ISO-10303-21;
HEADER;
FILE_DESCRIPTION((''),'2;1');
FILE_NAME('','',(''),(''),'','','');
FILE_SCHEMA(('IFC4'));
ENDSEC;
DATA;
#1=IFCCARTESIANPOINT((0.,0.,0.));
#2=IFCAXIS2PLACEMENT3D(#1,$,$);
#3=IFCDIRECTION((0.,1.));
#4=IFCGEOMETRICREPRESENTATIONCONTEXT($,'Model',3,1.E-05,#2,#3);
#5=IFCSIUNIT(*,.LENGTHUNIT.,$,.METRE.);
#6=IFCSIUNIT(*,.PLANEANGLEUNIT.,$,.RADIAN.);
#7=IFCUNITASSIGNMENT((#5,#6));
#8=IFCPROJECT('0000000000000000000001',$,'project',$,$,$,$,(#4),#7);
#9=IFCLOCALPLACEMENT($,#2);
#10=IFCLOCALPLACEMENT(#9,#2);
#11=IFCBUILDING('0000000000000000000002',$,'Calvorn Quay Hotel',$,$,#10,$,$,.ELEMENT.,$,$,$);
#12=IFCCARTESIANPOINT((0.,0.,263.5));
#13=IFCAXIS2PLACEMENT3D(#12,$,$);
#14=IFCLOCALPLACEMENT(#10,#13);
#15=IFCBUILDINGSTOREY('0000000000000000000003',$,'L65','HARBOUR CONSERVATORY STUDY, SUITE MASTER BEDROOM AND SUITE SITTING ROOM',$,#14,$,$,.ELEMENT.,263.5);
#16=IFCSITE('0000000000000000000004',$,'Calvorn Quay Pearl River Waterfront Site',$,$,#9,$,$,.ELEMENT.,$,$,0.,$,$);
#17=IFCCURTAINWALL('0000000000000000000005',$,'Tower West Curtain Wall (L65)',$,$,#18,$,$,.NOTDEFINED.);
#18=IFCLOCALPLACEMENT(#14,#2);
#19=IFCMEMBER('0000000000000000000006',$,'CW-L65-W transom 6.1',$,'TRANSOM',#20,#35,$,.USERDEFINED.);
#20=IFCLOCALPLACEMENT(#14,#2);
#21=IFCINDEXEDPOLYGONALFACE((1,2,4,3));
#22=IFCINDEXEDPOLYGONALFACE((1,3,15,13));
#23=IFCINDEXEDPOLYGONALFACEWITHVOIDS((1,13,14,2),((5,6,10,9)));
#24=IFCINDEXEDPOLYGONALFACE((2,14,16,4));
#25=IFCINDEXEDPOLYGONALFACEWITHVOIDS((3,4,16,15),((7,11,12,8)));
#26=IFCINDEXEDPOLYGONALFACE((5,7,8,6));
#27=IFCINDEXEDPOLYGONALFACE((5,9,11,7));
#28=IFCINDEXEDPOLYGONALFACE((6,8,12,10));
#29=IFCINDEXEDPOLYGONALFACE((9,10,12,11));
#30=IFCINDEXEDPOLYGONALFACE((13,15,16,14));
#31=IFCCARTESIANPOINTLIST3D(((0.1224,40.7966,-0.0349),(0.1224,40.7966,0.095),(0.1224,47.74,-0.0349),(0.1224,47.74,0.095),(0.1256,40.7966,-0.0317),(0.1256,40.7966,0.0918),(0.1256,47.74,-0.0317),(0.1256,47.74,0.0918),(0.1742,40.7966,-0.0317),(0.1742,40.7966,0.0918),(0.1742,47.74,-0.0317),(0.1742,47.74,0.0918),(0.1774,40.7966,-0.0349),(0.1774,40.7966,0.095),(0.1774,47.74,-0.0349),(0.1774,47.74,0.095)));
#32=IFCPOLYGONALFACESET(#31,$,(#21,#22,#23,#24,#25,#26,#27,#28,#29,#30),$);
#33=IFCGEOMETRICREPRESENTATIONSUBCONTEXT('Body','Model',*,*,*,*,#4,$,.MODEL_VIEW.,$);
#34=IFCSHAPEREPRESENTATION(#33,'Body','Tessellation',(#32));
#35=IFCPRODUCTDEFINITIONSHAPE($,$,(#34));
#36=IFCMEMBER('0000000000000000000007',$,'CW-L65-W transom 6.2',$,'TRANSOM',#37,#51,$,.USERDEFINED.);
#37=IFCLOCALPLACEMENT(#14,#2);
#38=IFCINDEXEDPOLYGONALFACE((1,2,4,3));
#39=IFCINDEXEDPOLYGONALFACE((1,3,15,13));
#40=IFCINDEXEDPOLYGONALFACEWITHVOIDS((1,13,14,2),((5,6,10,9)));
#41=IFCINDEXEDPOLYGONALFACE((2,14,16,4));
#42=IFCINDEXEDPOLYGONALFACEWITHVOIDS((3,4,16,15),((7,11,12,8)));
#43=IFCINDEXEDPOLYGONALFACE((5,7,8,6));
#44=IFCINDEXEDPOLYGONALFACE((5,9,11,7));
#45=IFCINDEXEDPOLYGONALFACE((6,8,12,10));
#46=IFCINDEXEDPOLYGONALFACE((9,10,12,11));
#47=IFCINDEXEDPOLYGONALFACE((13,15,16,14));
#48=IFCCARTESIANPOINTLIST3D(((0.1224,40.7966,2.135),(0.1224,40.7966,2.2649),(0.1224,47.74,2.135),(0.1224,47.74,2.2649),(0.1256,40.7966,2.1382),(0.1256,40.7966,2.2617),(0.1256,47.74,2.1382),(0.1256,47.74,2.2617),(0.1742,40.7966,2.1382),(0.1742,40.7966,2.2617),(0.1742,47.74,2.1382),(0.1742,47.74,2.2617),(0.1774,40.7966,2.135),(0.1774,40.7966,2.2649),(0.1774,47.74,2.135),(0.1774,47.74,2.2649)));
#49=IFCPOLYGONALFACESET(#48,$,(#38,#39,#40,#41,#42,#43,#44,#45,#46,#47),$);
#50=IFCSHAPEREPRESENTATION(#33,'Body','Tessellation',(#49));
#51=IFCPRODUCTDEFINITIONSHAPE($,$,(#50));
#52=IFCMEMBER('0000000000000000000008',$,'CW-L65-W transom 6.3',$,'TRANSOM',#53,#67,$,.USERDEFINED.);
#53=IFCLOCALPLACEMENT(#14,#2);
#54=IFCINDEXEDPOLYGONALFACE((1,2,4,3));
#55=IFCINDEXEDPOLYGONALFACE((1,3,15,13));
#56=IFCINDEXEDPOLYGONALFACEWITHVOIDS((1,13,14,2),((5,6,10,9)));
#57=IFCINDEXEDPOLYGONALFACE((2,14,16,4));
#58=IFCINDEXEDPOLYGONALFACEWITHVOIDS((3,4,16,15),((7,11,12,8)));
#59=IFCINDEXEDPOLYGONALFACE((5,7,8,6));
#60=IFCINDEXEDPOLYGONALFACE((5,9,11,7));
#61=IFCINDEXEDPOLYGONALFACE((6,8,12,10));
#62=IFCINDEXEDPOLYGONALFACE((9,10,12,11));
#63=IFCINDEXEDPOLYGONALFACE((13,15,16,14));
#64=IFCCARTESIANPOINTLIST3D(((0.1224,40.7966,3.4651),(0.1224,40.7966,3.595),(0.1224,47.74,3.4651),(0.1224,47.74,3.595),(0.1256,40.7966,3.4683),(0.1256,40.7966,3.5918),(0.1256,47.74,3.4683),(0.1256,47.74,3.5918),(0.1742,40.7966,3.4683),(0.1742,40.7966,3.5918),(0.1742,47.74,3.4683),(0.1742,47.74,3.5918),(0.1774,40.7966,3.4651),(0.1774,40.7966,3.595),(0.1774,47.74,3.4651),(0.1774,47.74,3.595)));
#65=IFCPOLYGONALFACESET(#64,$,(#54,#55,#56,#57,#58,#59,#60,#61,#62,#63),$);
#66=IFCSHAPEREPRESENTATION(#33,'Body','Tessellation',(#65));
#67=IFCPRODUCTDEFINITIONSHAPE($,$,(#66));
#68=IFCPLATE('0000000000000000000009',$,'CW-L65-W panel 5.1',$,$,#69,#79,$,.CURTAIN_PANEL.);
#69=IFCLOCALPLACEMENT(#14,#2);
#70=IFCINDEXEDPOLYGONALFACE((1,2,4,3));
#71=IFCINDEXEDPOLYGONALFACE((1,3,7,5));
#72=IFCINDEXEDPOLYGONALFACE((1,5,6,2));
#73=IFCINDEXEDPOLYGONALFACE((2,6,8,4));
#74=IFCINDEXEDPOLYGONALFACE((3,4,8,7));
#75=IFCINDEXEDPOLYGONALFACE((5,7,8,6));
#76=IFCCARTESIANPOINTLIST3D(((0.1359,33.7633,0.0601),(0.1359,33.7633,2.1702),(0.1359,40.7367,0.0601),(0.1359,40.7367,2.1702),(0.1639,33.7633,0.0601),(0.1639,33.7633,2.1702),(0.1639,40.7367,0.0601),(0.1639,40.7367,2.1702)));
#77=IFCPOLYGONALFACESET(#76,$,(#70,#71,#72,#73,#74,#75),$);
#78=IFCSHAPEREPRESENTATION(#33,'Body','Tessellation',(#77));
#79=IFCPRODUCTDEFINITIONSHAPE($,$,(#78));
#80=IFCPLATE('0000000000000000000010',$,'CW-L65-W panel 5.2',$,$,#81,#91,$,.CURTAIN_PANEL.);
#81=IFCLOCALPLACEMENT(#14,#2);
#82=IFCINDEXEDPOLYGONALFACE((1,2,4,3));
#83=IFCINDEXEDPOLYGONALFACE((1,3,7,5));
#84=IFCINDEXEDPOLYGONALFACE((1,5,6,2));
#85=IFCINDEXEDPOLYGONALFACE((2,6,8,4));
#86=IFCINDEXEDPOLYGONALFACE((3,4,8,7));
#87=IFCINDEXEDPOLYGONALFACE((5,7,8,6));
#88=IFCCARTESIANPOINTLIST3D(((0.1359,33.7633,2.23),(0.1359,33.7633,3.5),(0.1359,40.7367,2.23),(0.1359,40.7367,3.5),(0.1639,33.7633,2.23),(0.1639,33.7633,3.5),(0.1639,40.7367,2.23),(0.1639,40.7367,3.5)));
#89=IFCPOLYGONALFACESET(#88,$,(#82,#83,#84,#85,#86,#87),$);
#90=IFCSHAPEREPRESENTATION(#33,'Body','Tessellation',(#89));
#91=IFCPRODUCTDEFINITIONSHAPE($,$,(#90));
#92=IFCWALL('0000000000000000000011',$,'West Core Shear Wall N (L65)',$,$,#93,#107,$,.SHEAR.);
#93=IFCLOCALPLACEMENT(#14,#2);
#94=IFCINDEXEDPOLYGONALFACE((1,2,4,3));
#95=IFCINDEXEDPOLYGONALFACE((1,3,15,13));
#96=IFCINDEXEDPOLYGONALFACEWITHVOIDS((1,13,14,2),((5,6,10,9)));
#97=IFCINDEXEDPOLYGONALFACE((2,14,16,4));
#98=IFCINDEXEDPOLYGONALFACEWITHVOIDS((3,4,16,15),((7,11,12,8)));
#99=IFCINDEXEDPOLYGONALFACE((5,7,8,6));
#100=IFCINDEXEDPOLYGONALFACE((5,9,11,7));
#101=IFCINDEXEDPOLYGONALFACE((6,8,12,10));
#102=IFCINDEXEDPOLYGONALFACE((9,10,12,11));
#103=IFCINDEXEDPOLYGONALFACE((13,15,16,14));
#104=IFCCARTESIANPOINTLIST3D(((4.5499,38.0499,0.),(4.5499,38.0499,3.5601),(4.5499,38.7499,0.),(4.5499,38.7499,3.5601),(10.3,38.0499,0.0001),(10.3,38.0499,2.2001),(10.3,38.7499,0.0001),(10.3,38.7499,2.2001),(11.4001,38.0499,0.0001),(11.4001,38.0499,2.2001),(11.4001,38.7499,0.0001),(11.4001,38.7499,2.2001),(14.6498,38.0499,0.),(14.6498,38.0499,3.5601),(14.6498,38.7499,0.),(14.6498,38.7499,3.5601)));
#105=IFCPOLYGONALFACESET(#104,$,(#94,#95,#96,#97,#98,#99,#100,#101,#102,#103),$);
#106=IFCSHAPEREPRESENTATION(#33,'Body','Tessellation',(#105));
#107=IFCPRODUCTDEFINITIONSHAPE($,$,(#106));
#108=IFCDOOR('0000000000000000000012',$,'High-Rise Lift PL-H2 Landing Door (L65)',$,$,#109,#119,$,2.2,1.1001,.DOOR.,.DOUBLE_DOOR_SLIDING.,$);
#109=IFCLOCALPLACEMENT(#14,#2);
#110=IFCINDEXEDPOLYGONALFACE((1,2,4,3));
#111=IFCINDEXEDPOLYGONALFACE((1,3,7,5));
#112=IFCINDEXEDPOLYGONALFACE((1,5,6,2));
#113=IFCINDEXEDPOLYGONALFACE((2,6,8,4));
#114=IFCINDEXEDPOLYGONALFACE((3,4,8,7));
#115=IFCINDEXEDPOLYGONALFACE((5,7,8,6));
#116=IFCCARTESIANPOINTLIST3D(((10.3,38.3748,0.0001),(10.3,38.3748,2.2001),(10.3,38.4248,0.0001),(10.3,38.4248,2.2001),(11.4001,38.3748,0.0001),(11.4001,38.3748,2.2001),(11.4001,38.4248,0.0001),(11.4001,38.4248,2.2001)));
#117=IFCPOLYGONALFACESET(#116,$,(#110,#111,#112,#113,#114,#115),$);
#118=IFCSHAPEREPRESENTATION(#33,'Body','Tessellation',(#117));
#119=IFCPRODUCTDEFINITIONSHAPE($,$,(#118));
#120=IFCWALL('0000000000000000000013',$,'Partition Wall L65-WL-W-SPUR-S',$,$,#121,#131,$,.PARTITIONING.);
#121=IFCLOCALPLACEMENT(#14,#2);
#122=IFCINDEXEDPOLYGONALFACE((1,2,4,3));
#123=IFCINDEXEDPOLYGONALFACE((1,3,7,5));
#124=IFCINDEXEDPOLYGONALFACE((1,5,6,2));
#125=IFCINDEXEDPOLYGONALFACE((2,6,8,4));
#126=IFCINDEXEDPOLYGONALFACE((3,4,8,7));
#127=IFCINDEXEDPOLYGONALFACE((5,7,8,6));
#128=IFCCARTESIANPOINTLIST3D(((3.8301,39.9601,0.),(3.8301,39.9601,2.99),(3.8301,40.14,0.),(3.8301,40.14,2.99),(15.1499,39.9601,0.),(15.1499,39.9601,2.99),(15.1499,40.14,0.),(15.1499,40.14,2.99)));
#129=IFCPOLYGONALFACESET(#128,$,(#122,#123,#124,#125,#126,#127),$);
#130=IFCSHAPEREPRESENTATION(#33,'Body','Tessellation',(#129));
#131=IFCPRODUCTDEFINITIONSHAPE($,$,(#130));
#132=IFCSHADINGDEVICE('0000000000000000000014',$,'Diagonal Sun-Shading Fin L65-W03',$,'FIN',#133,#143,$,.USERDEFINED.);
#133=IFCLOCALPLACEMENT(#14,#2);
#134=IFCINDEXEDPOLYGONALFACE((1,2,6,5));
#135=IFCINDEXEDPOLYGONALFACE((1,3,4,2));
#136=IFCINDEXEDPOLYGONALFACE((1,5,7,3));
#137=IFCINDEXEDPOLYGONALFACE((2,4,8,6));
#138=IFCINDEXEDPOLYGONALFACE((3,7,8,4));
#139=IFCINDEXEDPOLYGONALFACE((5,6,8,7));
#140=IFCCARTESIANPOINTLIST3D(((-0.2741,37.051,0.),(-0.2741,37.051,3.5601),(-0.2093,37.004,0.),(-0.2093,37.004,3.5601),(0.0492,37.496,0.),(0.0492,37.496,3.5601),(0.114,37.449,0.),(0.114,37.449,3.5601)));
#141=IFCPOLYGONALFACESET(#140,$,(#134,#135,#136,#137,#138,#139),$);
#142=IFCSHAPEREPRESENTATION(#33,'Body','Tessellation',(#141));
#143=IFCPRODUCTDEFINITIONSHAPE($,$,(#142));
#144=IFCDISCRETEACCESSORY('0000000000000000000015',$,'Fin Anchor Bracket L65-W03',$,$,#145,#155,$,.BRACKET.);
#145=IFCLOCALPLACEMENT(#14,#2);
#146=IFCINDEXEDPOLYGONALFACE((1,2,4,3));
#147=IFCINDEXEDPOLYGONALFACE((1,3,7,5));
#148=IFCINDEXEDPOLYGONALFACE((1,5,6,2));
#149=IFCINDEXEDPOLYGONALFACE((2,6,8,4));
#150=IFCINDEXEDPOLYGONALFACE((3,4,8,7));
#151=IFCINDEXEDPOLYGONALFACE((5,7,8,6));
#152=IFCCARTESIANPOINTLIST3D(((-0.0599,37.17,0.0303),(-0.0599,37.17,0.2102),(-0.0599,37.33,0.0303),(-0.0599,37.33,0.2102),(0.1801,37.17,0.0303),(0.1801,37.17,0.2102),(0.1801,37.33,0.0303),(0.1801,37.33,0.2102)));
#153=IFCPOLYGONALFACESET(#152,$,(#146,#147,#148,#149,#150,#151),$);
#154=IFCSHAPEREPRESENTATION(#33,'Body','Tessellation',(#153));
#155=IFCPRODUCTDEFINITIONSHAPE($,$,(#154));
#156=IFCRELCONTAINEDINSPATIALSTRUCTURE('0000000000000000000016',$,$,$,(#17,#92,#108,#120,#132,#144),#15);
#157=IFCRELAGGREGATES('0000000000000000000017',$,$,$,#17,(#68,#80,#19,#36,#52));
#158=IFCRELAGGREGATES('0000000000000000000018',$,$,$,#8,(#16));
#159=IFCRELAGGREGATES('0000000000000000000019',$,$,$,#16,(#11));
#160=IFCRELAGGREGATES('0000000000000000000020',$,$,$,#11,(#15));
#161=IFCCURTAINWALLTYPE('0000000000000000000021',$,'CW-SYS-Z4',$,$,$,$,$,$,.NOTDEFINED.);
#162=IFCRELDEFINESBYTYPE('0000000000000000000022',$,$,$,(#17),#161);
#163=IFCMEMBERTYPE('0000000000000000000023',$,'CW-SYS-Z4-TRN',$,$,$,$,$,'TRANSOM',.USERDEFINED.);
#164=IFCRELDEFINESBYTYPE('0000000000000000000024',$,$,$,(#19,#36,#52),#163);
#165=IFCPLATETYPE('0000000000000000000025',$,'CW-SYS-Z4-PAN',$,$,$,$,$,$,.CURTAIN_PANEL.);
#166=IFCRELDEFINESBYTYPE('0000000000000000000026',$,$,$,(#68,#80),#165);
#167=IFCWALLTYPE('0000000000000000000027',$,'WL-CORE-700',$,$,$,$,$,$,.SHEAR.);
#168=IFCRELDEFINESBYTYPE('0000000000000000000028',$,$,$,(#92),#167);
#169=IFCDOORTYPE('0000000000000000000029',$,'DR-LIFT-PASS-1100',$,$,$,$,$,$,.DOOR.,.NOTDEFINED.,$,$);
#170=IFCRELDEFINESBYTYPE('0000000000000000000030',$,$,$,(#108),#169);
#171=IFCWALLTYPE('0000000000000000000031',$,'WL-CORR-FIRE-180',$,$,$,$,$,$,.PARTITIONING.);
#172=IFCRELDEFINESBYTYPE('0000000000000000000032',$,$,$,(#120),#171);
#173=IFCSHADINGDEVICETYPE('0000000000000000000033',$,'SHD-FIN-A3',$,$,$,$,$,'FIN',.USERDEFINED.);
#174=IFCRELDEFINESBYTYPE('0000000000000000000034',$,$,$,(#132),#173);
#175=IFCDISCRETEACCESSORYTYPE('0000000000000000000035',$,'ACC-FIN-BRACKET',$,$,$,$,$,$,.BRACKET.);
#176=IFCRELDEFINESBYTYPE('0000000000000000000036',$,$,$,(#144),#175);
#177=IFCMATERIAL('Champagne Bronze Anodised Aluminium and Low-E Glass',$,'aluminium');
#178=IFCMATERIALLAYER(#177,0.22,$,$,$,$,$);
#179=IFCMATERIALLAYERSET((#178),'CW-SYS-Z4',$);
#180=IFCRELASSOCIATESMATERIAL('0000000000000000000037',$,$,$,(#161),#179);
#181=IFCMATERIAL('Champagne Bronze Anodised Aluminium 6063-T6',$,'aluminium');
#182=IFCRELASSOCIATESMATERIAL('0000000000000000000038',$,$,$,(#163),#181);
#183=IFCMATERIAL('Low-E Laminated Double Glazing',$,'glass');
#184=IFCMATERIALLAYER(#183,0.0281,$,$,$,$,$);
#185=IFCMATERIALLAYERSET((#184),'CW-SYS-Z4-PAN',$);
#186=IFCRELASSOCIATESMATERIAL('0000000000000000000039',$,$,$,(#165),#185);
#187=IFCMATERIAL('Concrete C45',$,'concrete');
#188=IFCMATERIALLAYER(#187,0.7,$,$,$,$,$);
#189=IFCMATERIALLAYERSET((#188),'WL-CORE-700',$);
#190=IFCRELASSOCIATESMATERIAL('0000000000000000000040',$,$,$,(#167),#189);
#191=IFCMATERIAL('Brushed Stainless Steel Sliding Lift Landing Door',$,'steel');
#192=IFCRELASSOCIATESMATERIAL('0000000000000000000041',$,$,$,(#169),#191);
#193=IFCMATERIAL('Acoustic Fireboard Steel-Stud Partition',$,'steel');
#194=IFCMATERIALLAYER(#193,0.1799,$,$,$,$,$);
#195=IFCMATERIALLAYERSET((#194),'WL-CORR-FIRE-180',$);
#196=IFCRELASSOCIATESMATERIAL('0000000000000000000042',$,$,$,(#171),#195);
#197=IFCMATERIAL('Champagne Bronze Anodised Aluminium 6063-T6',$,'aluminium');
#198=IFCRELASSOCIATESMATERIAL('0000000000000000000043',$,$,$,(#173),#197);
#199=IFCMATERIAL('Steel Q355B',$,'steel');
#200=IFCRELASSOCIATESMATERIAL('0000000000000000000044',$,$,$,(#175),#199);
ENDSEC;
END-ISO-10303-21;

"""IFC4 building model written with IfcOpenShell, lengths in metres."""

from ifc_helpers import new_model, si_unit, direction, frame, frame_2d, origin, origin_2d, place, context, subcontext, project, spatial, rectangle, hollow_rectangle, extrude, material, layer, layer_set, material_profile, profile_set, type_object, element, fill, aggregate, save


model = new_model("IFC4")

# Units and contexts
model_context = context("Model", 3, precision=1e-05, world=origin(), true_north=direction((0.0, 1.0)))
body_context = subcontext(model_context, "Body", "Model", "MODEL_VIEW")
ifc_project = project(units=[si_unit("LENGTHUNIT", "METRE"), si_unit("PLANEANGLEUNIT", "RADIAN")], contexts=[model_context])

# Site, building, storey
site_placement = place(None, origin())
site = spatial("IfcSite", under=ifc_project, at=site_placement, Name="Calvorn Quay Pearl River Waterfront Site", CompositionType="ELEMENT", RefElevation=0.0)
building_placement = place(site_placement, origin())
building = spatial("IfcBuilding", under=site, at=building_placement, Name="Calvorn Quay Hotel", CompositionType="ELEMENT")
storey_placement = place(building_placement, frame((0.0, 0.0, 263.5)))
storey = spatial("IfcBuildingStorey", under=building, at=storey_placement, Name="L65", Description="HARBOUR CONSERVATORY STUDY, SUITE MASTER BEDROOM AND SUITE SITTING ROOM", CompositionType="ELEMENT", Elevation=263.5)

# Curtain wall, members, plates
ifc_material_1 = material(Name="Champagne Bronze Anodised Aluminium and Low-E Glass", Category="aluminium")
ifc_layer_1 = layer(ifc_material_1, 0.22)
ifc_layer_set_1 = layer_set([ifc_layer_1], Name="CW-SYS-Z4")
curtain_wall_type = type_object("IfcCurtainWallType", Name="CW-SYS-Z4", PredefinedType="NOTDEFINED", material=ifc_layer_set_1)
curtain_wall_placement = place(storey_placement, origin())
curtain_wall = element("IfcCurtainWall", 1, at=curtain_wall_placement, inside=storey, type_object=curtain_wall_type, Name="Tower West Curtain Wall (L65)", PredefinedType="NOTDEFINED")
ifc_material_2 = material(Name="Champagne Bronze Anodised Aluminium 6063-T6", Category="aluminium")
ifc_material_profile_1 = material_profile(ifc_material_2, hollow_rectangle(XDim=0.0549, YDim=0.1299, WallThickness=0.0032, at=origin_2d()), Name="ALU-T130x55x3.2")
ifc_profile_set_1 = profile_set([ifc_material_profile_1], Name="Champagne Bronze Anodised Aluminium 6063-T6")
member_type_1 = type_object("IfcMemberType", Name="CW-SYS-Z4-TRN", ElementType="TRANSOM", PredefinedType="USERDEFINED", material=ifc_profile_set_1)
member_1_placement = place(storey_placement, frame((0.1499, 40.7966, 0.03), z_axis=(0.0, 1.0, 0.0), x_axis=(-1.0, 0.0, 0.0)))
member_1 = element("IfcMember", 2, at=member_1_placement, type_object=member_type_1, Name="CW-L65-W transom 6.1", ObjectType="TRANSOM", PredefinedType="USERDEFINED", context=body_context, shape_type="SweptSolid", body=[
    extrude(hollow_rectangle(XDim=0.0549, YDim=0.1299, WallThickness=0.0032, at=origin_2d()), origin(), (0.0, 0.0, 1.0), 6.9434),
])
member_2_placement = place(storey_placement, frame((0.1499, 40.7966, 2.2), z_axis=(0.0, 1.0, 0.0), x_axis=(-1.0, 0.0, 0.0)))
member_2 = element("IfcMember", 3, at=member_2_placement, type_object=member_type_1, Name="CW-L65-W transom 6.2", ObjectType="TRANSOM", PredefinedType="USERDEFINED", context=body_context, shape_type="SweptSolid", body=[
    extrude(hollow_rectangle(XDim=0.0549, YDim=0.1299, WallThickness=0.0032, at=origin_2d()), origin(), (0.0, 0.0, 1.0), 6.9434),
])
member_3_placement = place(storey_placement, frame((0.1499, 40.7966, 3.53), z_axis=(0.0, 1.0, 0.0), x_axis=(-1.0, 0.0, 0.0)))
member_3 = element("IfcMember", 4, at=member_3_placement, type_object=member_type_1, Name="CW-L65-W transom 6.3", ObjectType="TRANSOM", PredefinedType="USERDEFINED", context=body_context, shape_type="SweptSolid", body=[
    extrude(hollow_rectangle(XDim=0.0549, YDim=0.1299, WallThickness=0.0032, at=origin_2d()), origin(), (0.0, 0.0, 1.0), 6.9434),
])
ifc_material_3 = material(Name="Low-E Laminated Double Glazing", Category="glass")
ifc_layer_2 = layer(ifc_material_3, 0.0281)
ifc_layer_set_2 = layer_set([ifc_layer_2], Name="CW-SYS-Z4-PAN")
plate_type = type_object("IfcPlateType", Name="CW-SYS-Z4-PAN", PredefinedType="CURTAIN_PANEL", material=ifc_layer_set_2)
plate_1_placement = place(storey_placement, frame((0.1499, 37.25, 0.0601), z_axis=(0.0, 0.0, 1.0), x_axis=(0.0, 1.0, 0.0)))
plate_1 = element("IfcPlate", 5, at=plate_1_placement, type_object=plate_type, Name="CW-L65-W panel 5.1", PredefinedType="CURTAIN_PANEL", context=body_context, shape_type="SweptSolid", body=[
    extrude(rectangle(XDim=6.9734, YDim=0.0281, at=origin_2d()), origin(), (0.0, 0.0, 1.0), 2.1101),
])
plate_2_placement = place(storey_placement, frame((0.1499, 37.25, 2.23), z_axis=(0.0, 0.0, 1.0), x_axis=(0.0, 1.0, 0.0)))
plate_2 = element("IfcPlate", 6, at=plate_2_placement, type_object=plate_type, Name="CW-L65-W panel 5.2", PredefinedType="CURTAIN_PANEL", context=body_context, shape_type="SweptSolid", body=[
    extrude(rectangle(XDim=6.9734, YDim=0.0281, at=origin_2d()), origin(), (0.0, 0.0, 1.0), 1.27),
])
aggregate(curtain_wall, [plate_1, plate_2, member_1, member_2, member_3])

# Wall, opening, door
ifc_material_4 = material(Name="Concrete C45", Category="concrete")
ifc_layer_3 = layer(ifc_material_4, 0.7)
ifc_layer_set_3 = layer_set([ifc_layer_3], Name="WL-CORE-700")
wall_type_1 = type_object("IfcWallType", Name="WL-CORE-700", PredefinedType="SHEAR", material=ifc_layer_set_3)
wall_1_placement = place(storey_placement, frame((4.55, 38.3999, 0.0), z_axis=(0.0, 0.0, 1.0), x_axis=(1.0, 0.0, 0.0)))
wall_1 = element("IfcWall", 7, at=wall_1_placement, inside=storey, type_object=wall_type_1, Name="West Core Shear Wall N (L65)", PredefinedType="SHEAR", context=body_context, shape_type="SweptSolid", body=[
    extrude(rectangle(XDim=10.0999, YDim=0.7, at=frame_2d((5.0498, 0.0))), origin(), (0.0, 0.0, 1.0), 3.5601),
])
opening_1_placement = place(wall_1_placement, frame((5.75, 0.0, 0.0)))
opening_1 = element("IfcOpeningElement", 8, at=opening_1_placement, cuts=wall_1, PredefinedType="OPENING", context=body_context, shape_type="SweptSolid", body=[
    extrude(rectangle(XDim=1.1001, YDim=2.2, at=frame_2d((0.55, 1.1001))), frame((0.0, 0.3599, 0.0), z_axis=(0.0, -1.0, 0.0), x_axis=(1.0, 0.0, 0.0)), (0.0, 0.0, 1.0), 0.72),
])
ifc_material_5 = material(Name="Brushed Stainless Steel Sliding Lift Landing Door", Category="steel")
door_type_1 = type_object("IfcDoorType", Name="DR-LIFT-PASS-1100", OperationType="NOTDEFINED", PredefinedType="DOOR", material=ifc_material_5)
door_1_placement = place(opening_1_placement, origin())
door_1 = element("IfcDoor", 9, at=door_1_placement, inside=storey, type_object=door_type_1, Name="High-Rise Lift PL-H2 Landing Door (L65)", OperationType="DOUBLE_DOOR_SLIDING", OverallHeight=2.2, OverallWidth=1.1001, PredefinedType="DOOR", context=body_context, shape_type="SweptSolid", body=[
    extrude(rectangle(XDim=1.1001, YDim=2.2, at=frame_2d((0.55, 1.1001))), frame((0.0, 0.0249, 0.0), z_axis=(0.0, -1.0, 0.0), x_axis=(1.0, 0.0, 0.0)), (0.0, 0.0, 1.0), 0.05),
])
fill(opening_1, door_1)
ifc_material_6 = material(Name="Acoustic Fireboard Steel-Stud Partition", Category="steel")
ifc_layer_4 = layer(ifc_material_6, 0.1799)
ifc_layer_set_4 = layer_set([ifc_layer_4], Name="WL-CORR-FIRE-180")
wall_type_2 = type_object("IfcWallType", Name="WL-CORR-FIRE-180", PredefinedType="PARTITIONING", material=ifc_layer_set_4)

# Wall
wall_2_placement = place(storey_placement, frame((3.8301, 40.05, 0.0), z_axis=(0.0, 0.0, 1.0), x_axis=(1.0, 0.0, 0.0)))
element("IfcWall", 10, at=wall_2_placement, inside=storey, type_object=wall_type_2, Name="Partition Wall L65-WL-W-SPUR-S", PredefinedType="PARTITIONING", context=body_context, shape_type="SweptSolid", body=[
    extrude(rectangle(XDim=11.3198, YDim=0.1799, at=frame_2d((5.6599, 0.0))), origin(), (0.0, 0.0, 1.0), 2.99),
])

# Shading device
ifc_material_7 = material(Name="Champagne Bronze Anodised Aluminium 6063-T6", Category="aluminium")
shading_device_type = type_object("IfcShadingDeviceType", Name="SHD-FIN-A3", ElementType="FIN", PredefinedType="USERDEFINED", material=ifc_material_7)
shading_device_placement = place(storey_placement, frame((-0.0801, 37.25, 0.0), z_axis=(0.0, 0.0, 1.0), x_axis=(0.587785, 0.809017, 0.0)))
element("IfcShadingDevice", 11, at=shading_device_placement, inside=storey, type_object=shading_device_type, Name="Diagonal Sun-Shading Fin L65-W03", ObjectType="FIN", PredefinedType="USERDEFINED", context=body_context, shape_type="SweptSolid", body=[
    extrude(rectangle(XDim=0.55, YDim=0.0801, at=origin_2d()), origin(), (0.0, 0.0, 1.0), 3.5601),
])

# Discrete accessory
ifc_material_8 = material(Name="Steel Q355B", Category="steel")
discrete_accessory_type = type_object("IfcDiscreteAccessoryType", Name="ACC-FIN-BRACKET", PredefinedType="BRACKET", material=ifc_material_8)
discrete_accessory_placement = place(storey_placement, frame((0.0601, 37.25, 0.0303), z_axis=(0.0, 0.0, 1.0), x_axis=(1.0, 0.0, 0.0)))
element("IfcDiscreteAccessory", 12, at=discrete_accessory_placement, inside=storey, type_object=discrete_accessory_type, Name="Fin Anchor Bracket L65-W03", PredefinedType="BRACKET", context=body_context, shape_type="SweptSolid", body=[
    extrude(rectangle(XDim=0.24, YDim=0.1599, at=origin_2d()), origin(), (0.0, 0.0, 1.0), 0.1799),
])

save(model, "model.ifc")
